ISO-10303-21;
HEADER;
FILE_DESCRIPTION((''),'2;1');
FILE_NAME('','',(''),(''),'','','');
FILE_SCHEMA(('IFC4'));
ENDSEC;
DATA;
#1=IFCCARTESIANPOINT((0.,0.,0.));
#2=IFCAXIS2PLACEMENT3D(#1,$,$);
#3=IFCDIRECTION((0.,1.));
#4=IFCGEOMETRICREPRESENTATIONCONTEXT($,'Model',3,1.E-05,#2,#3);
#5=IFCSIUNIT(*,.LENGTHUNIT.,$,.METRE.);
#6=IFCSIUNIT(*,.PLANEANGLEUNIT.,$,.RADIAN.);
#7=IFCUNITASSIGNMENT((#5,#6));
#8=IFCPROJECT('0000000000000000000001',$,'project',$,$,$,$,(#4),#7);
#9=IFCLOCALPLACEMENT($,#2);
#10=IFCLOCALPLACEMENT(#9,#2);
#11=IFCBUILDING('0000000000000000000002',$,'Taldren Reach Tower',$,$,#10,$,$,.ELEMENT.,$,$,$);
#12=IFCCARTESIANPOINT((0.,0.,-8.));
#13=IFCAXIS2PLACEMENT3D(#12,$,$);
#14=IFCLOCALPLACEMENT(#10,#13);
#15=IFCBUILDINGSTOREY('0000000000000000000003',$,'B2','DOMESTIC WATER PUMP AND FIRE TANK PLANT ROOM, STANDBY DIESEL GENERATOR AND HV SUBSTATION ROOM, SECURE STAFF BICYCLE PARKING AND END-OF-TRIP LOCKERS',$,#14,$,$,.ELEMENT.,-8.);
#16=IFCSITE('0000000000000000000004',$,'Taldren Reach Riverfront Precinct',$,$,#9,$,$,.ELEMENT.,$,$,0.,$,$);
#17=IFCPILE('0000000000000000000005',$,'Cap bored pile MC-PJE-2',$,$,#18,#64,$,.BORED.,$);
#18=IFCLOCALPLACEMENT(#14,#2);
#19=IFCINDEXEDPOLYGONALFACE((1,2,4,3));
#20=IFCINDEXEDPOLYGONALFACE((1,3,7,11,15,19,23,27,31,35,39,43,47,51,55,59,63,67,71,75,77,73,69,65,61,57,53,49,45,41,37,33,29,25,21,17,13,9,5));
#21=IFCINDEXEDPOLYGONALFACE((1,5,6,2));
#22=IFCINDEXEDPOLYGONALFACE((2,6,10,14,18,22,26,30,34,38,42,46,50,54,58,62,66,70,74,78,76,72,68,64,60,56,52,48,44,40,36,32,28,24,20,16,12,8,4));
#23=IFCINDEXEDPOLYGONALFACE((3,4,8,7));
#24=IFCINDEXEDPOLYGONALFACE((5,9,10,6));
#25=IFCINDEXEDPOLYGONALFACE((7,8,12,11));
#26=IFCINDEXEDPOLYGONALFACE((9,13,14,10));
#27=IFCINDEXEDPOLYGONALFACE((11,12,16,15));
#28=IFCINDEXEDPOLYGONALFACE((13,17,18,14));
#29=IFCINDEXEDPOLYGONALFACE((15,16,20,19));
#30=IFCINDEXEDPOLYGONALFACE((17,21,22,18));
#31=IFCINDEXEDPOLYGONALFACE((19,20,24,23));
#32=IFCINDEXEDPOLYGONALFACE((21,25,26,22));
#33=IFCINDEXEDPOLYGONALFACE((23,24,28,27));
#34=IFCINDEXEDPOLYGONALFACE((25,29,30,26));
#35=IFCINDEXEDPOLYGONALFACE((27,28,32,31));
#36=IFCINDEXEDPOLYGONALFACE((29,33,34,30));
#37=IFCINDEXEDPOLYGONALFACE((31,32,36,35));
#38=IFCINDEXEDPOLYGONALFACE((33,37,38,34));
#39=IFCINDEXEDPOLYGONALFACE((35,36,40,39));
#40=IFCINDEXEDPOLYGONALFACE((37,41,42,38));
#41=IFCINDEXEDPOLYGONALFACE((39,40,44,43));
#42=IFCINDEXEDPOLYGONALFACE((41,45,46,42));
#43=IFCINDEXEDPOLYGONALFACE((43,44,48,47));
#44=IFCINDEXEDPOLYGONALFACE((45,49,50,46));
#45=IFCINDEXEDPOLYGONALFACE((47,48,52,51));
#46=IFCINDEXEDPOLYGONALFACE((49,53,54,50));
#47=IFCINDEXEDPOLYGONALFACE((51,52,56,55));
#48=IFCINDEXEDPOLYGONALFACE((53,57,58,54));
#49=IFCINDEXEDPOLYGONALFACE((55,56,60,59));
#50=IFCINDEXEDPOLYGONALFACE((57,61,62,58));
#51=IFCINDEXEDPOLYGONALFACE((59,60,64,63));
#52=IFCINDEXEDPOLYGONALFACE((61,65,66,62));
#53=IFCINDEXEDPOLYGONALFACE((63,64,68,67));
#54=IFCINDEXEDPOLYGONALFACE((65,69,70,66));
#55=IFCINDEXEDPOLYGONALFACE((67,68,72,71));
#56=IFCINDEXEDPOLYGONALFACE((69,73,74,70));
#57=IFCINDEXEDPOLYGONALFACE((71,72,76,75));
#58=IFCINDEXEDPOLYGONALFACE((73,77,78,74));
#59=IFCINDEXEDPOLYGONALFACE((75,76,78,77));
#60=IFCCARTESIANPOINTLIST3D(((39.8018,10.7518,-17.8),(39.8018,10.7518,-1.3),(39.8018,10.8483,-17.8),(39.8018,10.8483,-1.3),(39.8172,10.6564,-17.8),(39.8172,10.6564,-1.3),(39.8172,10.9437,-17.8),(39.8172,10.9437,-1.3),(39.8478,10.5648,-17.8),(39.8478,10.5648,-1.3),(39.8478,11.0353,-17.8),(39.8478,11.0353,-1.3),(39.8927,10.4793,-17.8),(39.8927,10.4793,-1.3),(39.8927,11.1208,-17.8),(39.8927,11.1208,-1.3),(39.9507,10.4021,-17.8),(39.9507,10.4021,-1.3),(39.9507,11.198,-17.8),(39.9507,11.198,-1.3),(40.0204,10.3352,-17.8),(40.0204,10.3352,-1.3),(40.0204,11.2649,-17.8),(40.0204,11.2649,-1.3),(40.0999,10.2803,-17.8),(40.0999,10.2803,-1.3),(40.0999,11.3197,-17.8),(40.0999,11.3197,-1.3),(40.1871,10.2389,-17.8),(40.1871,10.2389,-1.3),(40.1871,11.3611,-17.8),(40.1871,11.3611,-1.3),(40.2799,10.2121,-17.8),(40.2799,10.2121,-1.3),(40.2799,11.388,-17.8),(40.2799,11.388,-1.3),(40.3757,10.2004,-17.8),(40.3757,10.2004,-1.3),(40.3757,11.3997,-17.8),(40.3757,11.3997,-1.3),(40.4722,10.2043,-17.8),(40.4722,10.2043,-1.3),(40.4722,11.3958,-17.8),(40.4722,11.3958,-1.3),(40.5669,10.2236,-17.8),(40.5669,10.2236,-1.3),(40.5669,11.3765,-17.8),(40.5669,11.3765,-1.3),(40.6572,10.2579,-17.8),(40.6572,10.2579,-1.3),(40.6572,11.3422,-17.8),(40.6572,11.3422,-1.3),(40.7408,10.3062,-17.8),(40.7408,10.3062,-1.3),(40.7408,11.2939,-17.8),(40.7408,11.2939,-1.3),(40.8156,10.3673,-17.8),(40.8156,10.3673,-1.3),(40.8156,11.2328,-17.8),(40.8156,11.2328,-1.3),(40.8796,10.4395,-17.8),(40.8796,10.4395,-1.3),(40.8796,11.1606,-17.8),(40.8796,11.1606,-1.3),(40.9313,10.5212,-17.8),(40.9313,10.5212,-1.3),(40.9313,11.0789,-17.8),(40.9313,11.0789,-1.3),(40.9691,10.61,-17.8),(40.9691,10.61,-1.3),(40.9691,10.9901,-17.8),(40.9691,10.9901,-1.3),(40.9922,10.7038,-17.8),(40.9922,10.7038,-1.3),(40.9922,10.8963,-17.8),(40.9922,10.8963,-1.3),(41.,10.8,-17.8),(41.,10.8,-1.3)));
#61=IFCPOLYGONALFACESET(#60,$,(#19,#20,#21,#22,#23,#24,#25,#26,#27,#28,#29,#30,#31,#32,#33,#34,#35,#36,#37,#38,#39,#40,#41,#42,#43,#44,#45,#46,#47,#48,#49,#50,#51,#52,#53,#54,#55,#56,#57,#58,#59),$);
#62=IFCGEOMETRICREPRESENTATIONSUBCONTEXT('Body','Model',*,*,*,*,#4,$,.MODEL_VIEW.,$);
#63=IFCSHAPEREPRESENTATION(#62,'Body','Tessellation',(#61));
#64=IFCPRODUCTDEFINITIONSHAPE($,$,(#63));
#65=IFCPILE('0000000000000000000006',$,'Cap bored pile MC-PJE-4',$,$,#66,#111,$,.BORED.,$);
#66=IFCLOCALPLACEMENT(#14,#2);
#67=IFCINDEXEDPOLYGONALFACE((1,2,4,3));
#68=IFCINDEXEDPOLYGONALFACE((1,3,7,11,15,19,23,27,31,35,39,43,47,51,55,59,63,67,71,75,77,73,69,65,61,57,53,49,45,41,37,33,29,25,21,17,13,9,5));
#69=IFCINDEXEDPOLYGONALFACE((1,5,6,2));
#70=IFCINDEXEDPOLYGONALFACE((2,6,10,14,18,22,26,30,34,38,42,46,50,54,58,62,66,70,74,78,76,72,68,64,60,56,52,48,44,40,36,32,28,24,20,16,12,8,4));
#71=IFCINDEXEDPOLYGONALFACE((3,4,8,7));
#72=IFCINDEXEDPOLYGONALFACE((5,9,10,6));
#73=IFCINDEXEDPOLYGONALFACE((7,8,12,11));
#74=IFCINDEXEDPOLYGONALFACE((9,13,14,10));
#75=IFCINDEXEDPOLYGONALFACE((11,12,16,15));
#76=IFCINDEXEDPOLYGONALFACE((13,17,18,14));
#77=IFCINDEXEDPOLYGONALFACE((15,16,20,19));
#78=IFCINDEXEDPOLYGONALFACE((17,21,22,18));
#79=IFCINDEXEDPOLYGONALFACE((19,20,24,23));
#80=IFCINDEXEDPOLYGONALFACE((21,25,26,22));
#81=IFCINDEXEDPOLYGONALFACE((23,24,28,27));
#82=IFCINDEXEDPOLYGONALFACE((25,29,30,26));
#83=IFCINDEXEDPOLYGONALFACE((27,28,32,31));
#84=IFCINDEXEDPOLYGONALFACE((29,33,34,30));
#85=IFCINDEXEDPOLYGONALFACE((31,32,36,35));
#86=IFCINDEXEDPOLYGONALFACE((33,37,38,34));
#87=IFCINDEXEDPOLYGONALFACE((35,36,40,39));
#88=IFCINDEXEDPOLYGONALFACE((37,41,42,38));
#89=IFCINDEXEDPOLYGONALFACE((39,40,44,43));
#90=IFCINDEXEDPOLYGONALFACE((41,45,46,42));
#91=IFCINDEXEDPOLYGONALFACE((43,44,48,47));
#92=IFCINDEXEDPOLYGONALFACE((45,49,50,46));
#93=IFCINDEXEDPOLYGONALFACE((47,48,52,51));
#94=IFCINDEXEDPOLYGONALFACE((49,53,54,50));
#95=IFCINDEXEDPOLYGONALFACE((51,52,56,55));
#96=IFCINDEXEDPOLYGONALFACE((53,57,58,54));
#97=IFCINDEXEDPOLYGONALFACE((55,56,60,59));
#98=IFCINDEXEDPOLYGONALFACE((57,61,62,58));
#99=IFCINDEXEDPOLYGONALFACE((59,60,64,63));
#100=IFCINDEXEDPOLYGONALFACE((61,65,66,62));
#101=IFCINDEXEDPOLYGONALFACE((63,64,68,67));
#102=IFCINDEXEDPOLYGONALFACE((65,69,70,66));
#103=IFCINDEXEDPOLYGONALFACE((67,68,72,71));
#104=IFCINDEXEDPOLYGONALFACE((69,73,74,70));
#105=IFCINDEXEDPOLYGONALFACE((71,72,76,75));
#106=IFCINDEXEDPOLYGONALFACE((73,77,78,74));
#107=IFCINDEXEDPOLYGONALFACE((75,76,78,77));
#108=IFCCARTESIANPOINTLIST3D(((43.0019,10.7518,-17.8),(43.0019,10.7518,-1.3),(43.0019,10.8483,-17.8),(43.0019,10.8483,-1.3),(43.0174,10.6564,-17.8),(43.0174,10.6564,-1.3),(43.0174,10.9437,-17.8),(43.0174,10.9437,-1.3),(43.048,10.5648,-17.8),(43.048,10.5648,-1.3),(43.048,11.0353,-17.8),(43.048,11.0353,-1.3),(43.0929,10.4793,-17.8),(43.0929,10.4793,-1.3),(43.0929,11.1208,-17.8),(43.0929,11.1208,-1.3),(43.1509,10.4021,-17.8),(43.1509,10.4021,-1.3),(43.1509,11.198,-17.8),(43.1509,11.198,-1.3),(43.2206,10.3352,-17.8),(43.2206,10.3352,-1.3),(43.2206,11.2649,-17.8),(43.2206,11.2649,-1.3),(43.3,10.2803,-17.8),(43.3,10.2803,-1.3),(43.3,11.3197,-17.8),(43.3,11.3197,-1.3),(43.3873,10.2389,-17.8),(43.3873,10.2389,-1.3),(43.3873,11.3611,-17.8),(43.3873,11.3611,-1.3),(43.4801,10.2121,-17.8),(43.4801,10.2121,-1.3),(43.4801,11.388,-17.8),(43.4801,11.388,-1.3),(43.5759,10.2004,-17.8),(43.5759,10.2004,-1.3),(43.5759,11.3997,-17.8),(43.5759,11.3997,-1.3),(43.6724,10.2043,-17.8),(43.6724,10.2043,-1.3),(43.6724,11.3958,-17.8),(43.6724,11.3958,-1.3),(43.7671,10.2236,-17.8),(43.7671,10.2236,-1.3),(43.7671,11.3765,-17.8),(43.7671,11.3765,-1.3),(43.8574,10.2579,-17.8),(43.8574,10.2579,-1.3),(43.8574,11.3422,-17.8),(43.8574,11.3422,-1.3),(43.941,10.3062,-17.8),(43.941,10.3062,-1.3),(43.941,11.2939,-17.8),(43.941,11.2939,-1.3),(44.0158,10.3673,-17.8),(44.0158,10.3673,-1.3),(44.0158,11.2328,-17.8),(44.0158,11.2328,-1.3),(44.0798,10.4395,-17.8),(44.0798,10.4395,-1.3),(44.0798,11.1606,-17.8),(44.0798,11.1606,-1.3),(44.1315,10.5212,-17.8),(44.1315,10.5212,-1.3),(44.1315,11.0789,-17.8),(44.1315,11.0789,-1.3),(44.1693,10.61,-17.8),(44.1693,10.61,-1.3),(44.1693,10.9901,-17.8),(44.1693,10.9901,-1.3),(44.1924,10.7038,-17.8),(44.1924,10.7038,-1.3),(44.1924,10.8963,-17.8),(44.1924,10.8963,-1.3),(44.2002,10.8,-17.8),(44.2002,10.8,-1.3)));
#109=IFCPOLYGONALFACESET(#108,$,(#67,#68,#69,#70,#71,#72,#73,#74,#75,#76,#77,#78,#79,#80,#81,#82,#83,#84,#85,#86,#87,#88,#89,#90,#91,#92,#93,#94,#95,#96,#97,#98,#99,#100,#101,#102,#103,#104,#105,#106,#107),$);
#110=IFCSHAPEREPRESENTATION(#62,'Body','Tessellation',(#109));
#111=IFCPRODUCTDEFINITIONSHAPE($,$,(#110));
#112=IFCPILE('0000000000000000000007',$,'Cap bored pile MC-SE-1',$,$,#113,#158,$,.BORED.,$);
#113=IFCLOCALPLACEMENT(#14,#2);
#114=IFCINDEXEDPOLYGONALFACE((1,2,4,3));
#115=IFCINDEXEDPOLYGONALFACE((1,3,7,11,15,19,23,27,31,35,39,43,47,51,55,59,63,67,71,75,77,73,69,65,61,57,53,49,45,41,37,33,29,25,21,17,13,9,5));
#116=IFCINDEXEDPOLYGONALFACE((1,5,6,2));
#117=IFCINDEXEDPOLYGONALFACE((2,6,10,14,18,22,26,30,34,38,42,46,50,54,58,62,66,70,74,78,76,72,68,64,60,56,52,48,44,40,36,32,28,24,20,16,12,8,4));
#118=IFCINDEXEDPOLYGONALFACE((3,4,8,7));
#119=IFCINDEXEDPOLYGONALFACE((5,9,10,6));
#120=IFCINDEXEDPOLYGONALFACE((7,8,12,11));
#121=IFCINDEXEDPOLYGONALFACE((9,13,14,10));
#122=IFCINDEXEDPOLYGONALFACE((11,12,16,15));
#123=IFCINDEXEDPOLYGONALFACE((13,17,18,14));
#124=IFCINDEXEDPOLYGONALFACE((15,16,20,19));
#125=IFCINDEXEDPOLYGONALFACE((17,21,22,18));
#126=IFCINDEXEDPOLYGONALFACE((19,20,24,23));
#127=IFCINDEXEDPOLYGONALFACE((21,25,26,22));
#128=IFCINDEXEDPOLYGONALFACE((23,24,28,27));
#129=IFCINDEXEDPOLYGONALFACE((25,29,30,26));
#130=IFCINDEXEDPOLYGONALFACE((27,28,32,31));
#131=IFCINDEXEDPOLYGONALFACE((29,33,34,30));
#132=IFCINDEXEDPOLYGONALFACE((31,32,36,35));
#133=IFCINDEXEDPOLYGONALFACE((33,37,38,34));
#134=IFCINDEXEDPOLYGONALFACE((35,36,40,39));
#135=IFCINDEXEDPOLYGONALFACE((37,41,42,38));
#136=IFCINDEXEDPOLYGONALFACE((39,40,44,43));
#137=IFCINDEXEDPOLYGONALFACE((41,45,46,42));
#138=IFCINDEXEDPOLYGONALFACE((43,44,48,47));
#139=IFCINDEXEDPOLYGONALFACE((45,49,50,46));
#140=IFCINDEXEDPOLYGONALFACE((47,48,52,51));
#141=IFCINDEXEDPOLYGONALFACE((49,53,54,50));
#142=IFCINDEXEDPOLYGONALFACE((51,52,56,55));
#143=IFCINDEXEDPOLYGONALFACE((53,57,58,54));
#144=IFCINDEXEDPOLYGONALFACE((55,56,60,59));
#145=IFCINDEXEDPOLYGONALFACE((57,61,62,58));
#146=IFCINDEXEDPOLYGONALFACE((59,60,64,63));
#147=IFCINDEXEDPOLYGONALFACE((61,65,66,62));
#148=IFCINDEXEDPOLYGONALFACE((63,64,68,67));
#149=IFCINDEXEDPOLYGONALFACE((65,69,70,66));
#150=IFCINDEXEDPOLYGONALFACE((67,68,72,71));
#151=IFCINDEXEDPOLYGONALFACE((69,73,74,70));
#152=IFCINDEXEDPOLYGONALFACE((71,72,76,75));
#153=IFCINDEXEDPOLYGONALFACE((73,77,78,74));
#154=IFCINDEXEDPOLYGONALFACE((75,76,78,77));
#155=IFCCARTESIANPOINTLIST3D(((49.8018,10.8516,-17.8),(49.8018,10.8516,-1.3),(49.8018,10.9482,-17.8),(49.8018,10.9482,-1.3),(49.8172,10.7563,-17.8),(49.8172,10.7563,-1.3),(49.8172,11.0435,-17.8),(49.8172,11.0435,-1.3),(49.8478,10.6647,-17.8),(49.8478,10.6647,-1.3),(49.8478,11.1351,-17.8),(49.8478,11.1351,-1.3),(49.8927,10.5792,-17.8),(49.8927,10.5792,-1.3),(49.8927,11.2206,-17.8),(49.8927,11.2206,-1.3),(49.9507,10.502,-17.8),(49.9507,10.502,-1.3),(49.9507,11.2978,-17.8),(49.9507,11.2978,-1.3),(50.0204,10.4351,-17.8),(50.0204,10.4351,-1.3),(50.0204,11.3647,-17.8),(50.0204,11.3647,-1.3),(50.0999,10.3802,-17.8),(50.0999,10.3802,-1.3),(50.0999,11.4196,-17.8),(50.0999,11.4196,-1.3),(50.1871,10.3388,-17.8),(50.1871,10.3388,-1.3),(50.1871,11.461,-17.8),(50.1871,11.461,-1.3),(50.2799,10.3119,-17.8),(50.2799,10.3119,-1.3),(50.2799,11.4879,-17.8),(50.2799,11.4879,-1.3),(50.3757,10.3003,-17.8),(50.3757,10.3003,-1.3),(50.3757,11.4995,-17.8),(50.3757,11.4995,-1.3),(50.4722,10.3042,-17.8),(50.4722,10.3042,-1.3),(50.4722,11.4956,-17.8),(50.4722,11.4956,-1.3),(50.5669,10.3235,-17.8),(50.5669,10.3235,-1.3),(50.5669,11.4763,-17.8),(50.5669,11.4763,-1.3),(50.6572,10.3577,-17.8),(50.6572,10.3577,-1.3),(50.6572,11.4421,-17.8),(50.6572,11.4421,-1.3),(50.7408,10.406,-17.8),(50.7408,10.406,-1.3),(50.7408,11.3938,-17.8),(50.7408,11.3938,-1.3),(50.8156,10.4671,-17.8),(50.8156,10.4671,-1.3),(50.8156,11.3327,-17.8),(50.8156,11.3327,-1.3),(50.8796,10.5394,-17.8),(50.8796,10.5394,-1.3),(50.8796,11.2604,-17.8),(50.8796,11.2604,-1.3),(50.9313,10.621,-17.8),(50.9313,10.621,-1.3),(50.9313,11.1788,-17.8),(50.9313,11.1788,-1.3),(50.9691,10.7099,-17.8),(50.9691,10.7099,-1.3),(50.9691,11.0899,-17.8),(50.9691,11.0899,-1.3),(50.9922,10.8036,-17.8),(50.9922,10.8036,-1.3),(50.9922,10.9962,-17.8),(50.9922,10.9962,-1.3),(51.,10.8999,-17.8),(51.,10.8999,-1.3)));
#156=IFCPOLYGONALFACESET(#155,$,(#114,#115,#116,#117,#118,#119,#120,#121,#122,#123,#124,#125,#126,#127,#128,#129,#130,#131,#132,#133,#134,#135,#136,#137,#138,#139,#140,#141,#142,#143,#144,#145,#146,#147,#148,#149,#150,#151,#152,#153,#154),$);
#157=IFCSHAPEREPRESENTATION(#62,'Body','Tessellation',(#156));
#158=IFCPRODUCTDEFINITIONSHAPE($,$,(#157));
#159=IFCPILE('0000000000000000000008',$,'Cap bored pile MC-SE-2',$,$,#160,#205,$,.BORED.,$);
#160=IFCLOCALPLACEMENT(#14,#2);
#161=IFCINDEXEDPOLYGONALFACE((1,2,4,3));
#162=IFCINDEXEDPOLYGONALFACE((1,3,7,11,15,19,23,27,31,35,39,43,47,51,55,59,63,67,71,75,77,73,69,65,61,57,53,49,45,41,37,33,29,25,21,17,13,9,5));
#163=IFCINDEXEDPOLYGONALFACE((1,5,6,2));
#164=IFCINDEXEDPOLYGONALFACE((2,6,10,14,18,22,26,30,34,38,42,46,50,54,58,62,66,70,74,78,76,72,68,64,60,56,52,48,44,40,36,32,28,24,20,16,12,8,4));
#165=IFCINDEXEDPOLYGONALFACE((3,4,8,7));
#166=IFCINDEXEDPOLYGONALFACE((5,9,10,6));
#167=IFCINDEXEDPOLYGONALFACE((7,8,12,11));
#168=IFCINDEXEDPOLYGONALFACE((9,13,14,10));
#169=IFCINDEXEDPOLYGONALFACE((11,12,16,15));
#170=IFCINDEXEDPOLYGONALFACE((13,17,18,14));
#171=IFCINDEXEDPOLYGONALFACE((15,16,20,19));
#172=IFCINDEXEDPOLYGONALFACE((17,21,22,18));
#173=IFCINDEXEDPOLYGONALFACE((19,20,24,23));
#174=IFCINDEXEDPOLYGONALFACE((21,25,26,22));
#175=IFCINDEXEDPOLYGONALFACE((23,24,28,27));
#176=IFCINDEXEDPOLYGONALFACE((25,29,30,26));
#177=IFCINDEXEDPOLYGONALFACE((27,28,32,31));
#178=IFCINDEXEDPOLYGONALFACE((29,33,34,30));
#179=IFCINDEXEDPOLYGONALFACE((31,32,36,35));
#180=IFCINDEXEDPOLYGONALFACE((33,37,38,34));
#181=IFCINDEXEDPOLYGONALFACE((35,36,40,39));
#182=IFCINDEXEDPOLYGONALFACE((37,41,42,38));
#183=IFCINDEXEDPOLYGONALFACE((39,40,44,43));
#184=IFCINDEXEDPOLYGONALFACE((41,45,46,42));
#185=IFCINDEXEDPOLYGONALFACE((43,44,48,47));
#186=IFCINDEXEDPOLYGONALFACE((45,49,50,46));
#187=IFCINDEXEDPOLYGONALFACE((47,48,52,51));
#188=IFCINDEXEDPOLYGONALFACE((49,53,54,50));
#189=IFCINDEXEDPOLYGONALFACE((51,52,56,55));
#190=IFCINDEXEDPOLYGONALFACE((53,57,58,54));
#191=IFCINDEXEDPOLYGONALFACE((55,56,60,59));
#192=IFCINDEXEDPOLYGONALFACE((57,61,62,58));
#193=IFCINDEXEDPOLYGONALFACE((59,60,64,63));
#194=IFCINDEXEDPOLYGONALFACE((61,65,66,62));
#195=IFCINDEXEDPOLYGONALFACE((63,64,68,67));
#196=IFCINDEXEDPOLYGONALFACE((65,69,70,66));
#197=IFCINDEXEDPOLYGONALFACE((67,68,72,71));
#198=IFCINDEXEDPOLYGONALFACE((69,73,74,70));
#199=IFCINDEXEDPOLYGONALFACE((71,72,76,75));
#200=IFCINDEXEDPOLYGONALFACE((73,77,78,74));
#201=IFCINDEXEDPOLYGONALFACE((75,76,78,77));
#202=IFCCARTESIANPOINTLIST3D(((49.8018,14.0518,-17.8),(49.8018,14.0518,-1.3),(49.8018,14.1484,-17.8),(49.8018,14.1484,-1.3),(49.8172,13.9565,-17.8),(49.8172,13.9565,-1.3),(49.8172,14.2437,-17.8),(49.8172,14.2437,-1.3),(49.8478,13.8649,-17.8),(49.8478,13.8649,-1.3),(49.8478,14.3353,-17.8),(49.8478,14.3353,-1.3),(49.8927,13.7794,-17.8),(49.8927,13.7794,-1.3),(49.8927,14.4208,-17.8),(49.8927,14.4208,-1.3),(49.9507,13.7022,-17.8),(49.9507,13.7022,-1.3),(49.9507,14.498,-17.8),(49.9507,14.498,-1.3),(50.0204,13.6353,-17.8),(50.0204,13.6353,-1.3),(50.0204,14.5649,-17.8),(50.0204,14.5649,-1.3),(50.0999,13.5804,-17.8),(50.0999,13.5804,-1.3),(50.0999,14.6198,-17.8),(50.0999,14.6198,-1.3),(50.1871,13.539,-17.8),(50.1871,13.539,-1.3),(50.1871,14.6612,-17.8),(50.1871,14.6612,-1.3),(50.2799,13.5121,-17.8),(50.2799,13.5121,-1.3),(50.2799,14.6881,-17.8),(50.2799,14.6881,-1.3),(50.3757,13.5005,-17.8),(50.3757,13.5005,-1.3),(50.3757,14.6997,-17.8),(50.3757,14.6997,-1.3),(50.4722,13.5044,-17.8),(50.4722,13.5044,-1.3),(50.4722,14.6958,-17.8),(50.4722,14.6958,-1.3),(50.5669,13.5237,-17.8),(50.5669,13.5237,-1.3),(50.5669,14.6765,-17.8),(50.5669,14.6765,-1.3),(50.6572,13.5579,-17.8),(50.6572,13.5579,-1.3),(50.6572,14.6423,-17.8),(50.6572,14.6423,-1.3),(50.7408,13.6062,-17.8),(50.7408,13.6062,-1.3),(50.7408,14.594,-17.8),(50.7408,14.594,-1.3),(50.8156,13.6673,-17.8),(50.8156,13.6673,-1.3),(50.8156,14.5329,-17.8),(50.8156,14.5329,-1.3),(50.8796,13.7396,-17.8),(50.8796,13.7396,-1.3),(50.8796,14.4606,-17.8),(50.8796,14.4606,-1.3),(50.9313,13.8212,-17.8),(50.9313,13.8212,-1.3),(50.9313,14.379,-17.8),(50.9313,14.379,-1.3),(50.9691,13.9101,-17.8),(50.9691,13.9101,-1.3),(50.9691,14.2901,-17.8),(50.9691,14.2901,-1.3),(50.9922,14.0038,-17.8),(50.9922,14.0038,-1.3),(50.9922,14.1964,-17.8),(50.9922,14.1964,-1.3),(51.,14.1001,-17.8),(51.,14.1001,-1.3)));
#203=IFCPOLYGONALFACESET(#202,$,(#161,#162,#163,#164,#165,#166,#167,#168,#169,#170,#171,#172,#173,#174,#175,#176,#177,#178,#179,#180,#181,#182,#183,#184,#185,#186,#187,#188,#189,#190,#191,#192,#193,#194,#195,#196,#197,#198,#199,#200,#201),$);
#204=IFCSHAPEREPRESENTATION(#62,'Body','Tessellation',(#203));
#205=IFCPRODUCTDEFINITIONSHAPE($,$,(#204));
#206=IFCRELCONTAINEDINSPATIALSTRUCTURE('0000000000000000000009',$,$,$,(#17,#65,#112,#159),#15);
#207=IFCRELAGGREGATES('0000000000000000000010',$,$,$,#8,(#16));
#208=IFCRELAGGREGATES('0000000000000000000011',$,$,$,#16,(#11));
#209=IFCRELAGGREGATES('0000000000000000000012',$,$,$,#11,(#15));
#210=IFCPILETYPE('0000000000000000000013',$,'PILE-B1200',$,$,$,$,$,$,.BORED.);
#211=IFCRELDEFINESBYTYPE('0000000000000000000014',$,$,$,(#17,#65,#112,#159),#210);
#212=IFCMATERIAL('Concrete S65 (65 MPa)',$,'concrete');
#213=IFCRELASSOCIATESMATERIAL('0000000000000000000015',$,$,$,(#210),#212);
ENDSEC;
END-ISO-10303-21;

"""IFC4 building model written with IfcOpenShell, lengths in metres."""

from ifc_helpers import new_model, si_unit, direction, frame, origin, origin_2d, place, context, subcontext, project, spatial, circle, extrude, source, transform, mapped, material, material_profile, profile_set, type_object, element, save


model = new_model("IFC4")

# Units and contexts
model_context = context("Model", 3, precision=1e-05, world=origin(), true_north=direction((0.0, 1.0)))
body_context = subcontext(model_context, "Body", "Model", "MODEL_VIEW")
ifc_project = project(units=[si_unit("LENGTHUNIT", "METRE"), si_unit("PLANEANGLEUNIT", "RADIAN")], contexts=[model_context])

# Site, building, storey
site_placement = place(None, origin())
site = spatial("IfcSite", under=ifc_project, at=site_placement, Name="Taldren Reach Riverfront Precinct", CompositionType="ELEMENT", RefElevation=0.0)
building_placement = place(site_placement, origin())
building = spatial("IfcBuilding", under=site, at=building_placement, Name="Taldren Reach Tower", CompositionType="ELEMENT")
storey_placement = place(building_placement, frame((0.0, 0.0, -8.0)))
storey = spatial("IfcBuildingStorey", under=building, at=storey_placement, Name="B2", Description="DOMESTIC WATER PUMP AND FIRE TANK PLANT ROOM, STANDBY DIESEL GENERATOR AND HV SUBSTATION ROOM, SECURE STAFF BICYCLE PARKING AND END-OF-TRIP LOCKERS", CompositionType="ELEMENT", Elevation=-8.0)

# Shared definitions
ifc_material_1 = material(Name="Concrete S65 (65 MPa)", Category="concrete")

# Piles
ifc_material_profile_1 = material_profile(ifc_material_1, circle(Radius=0.6001, at=origin_2d()), Name="PB-1200")
ifc_profile_set_1 = profile_set([ifc_material_profile_1], Name="Concrete S65 (65 MPa)")
pile_type_1 = type_object("IfcPileType", Name="PILE-B1200", PredefinedType="BORED", material=ifc_profile_set_1)
shared_shape_1 = source(origin(), body_context, "Body", "SweptSolid", [
    extrude(circle(Radius=0.6001, at=origin_2d()), origin(), (0.0, 0.0, 1.0), 16.5),
])
for number, where, z_axis, x_axis, name in (
    (1, (40.3999, 10.8, -1.3), (0.0, 0.0, -1.0), (1.0, 0.0, 0.0), "Cap bored pile MC-PJE-2"),
    (2, (43.6001, 10.8, -1.3), (0.0, 0.0, -1.0), (1.0, 0.0, 0.0), "Cap bored pile MC-PJE-4"),
    (3, (50.3999, 10.8999, -1.3), (0.0, 0.0, -1.0), (1.0, 0.0, 0.0), "Cap bored pile MC-SE-1"),
    (4, (50.3999, 14.1001, -1.3), (0.0, 0.0, -1.0), (1.0, 0.0, 0.0), "Cap bored pile MC-SE-2"),
):
    element("IfcPile", number, at=place(storey_placement, frame(where, z_axis=z_axis, x_axis=x_axis)), inside=storey, type_object=pile_type_1, Name=name, PredefinedType="BORED", context=body_context, shape_type="MappedRepresentation", body=[
        mapped(shared_shape_1, transform((0.0, 0.0, 0.0), scale=1.0)),
    ])

save(model, "model.ifc")
